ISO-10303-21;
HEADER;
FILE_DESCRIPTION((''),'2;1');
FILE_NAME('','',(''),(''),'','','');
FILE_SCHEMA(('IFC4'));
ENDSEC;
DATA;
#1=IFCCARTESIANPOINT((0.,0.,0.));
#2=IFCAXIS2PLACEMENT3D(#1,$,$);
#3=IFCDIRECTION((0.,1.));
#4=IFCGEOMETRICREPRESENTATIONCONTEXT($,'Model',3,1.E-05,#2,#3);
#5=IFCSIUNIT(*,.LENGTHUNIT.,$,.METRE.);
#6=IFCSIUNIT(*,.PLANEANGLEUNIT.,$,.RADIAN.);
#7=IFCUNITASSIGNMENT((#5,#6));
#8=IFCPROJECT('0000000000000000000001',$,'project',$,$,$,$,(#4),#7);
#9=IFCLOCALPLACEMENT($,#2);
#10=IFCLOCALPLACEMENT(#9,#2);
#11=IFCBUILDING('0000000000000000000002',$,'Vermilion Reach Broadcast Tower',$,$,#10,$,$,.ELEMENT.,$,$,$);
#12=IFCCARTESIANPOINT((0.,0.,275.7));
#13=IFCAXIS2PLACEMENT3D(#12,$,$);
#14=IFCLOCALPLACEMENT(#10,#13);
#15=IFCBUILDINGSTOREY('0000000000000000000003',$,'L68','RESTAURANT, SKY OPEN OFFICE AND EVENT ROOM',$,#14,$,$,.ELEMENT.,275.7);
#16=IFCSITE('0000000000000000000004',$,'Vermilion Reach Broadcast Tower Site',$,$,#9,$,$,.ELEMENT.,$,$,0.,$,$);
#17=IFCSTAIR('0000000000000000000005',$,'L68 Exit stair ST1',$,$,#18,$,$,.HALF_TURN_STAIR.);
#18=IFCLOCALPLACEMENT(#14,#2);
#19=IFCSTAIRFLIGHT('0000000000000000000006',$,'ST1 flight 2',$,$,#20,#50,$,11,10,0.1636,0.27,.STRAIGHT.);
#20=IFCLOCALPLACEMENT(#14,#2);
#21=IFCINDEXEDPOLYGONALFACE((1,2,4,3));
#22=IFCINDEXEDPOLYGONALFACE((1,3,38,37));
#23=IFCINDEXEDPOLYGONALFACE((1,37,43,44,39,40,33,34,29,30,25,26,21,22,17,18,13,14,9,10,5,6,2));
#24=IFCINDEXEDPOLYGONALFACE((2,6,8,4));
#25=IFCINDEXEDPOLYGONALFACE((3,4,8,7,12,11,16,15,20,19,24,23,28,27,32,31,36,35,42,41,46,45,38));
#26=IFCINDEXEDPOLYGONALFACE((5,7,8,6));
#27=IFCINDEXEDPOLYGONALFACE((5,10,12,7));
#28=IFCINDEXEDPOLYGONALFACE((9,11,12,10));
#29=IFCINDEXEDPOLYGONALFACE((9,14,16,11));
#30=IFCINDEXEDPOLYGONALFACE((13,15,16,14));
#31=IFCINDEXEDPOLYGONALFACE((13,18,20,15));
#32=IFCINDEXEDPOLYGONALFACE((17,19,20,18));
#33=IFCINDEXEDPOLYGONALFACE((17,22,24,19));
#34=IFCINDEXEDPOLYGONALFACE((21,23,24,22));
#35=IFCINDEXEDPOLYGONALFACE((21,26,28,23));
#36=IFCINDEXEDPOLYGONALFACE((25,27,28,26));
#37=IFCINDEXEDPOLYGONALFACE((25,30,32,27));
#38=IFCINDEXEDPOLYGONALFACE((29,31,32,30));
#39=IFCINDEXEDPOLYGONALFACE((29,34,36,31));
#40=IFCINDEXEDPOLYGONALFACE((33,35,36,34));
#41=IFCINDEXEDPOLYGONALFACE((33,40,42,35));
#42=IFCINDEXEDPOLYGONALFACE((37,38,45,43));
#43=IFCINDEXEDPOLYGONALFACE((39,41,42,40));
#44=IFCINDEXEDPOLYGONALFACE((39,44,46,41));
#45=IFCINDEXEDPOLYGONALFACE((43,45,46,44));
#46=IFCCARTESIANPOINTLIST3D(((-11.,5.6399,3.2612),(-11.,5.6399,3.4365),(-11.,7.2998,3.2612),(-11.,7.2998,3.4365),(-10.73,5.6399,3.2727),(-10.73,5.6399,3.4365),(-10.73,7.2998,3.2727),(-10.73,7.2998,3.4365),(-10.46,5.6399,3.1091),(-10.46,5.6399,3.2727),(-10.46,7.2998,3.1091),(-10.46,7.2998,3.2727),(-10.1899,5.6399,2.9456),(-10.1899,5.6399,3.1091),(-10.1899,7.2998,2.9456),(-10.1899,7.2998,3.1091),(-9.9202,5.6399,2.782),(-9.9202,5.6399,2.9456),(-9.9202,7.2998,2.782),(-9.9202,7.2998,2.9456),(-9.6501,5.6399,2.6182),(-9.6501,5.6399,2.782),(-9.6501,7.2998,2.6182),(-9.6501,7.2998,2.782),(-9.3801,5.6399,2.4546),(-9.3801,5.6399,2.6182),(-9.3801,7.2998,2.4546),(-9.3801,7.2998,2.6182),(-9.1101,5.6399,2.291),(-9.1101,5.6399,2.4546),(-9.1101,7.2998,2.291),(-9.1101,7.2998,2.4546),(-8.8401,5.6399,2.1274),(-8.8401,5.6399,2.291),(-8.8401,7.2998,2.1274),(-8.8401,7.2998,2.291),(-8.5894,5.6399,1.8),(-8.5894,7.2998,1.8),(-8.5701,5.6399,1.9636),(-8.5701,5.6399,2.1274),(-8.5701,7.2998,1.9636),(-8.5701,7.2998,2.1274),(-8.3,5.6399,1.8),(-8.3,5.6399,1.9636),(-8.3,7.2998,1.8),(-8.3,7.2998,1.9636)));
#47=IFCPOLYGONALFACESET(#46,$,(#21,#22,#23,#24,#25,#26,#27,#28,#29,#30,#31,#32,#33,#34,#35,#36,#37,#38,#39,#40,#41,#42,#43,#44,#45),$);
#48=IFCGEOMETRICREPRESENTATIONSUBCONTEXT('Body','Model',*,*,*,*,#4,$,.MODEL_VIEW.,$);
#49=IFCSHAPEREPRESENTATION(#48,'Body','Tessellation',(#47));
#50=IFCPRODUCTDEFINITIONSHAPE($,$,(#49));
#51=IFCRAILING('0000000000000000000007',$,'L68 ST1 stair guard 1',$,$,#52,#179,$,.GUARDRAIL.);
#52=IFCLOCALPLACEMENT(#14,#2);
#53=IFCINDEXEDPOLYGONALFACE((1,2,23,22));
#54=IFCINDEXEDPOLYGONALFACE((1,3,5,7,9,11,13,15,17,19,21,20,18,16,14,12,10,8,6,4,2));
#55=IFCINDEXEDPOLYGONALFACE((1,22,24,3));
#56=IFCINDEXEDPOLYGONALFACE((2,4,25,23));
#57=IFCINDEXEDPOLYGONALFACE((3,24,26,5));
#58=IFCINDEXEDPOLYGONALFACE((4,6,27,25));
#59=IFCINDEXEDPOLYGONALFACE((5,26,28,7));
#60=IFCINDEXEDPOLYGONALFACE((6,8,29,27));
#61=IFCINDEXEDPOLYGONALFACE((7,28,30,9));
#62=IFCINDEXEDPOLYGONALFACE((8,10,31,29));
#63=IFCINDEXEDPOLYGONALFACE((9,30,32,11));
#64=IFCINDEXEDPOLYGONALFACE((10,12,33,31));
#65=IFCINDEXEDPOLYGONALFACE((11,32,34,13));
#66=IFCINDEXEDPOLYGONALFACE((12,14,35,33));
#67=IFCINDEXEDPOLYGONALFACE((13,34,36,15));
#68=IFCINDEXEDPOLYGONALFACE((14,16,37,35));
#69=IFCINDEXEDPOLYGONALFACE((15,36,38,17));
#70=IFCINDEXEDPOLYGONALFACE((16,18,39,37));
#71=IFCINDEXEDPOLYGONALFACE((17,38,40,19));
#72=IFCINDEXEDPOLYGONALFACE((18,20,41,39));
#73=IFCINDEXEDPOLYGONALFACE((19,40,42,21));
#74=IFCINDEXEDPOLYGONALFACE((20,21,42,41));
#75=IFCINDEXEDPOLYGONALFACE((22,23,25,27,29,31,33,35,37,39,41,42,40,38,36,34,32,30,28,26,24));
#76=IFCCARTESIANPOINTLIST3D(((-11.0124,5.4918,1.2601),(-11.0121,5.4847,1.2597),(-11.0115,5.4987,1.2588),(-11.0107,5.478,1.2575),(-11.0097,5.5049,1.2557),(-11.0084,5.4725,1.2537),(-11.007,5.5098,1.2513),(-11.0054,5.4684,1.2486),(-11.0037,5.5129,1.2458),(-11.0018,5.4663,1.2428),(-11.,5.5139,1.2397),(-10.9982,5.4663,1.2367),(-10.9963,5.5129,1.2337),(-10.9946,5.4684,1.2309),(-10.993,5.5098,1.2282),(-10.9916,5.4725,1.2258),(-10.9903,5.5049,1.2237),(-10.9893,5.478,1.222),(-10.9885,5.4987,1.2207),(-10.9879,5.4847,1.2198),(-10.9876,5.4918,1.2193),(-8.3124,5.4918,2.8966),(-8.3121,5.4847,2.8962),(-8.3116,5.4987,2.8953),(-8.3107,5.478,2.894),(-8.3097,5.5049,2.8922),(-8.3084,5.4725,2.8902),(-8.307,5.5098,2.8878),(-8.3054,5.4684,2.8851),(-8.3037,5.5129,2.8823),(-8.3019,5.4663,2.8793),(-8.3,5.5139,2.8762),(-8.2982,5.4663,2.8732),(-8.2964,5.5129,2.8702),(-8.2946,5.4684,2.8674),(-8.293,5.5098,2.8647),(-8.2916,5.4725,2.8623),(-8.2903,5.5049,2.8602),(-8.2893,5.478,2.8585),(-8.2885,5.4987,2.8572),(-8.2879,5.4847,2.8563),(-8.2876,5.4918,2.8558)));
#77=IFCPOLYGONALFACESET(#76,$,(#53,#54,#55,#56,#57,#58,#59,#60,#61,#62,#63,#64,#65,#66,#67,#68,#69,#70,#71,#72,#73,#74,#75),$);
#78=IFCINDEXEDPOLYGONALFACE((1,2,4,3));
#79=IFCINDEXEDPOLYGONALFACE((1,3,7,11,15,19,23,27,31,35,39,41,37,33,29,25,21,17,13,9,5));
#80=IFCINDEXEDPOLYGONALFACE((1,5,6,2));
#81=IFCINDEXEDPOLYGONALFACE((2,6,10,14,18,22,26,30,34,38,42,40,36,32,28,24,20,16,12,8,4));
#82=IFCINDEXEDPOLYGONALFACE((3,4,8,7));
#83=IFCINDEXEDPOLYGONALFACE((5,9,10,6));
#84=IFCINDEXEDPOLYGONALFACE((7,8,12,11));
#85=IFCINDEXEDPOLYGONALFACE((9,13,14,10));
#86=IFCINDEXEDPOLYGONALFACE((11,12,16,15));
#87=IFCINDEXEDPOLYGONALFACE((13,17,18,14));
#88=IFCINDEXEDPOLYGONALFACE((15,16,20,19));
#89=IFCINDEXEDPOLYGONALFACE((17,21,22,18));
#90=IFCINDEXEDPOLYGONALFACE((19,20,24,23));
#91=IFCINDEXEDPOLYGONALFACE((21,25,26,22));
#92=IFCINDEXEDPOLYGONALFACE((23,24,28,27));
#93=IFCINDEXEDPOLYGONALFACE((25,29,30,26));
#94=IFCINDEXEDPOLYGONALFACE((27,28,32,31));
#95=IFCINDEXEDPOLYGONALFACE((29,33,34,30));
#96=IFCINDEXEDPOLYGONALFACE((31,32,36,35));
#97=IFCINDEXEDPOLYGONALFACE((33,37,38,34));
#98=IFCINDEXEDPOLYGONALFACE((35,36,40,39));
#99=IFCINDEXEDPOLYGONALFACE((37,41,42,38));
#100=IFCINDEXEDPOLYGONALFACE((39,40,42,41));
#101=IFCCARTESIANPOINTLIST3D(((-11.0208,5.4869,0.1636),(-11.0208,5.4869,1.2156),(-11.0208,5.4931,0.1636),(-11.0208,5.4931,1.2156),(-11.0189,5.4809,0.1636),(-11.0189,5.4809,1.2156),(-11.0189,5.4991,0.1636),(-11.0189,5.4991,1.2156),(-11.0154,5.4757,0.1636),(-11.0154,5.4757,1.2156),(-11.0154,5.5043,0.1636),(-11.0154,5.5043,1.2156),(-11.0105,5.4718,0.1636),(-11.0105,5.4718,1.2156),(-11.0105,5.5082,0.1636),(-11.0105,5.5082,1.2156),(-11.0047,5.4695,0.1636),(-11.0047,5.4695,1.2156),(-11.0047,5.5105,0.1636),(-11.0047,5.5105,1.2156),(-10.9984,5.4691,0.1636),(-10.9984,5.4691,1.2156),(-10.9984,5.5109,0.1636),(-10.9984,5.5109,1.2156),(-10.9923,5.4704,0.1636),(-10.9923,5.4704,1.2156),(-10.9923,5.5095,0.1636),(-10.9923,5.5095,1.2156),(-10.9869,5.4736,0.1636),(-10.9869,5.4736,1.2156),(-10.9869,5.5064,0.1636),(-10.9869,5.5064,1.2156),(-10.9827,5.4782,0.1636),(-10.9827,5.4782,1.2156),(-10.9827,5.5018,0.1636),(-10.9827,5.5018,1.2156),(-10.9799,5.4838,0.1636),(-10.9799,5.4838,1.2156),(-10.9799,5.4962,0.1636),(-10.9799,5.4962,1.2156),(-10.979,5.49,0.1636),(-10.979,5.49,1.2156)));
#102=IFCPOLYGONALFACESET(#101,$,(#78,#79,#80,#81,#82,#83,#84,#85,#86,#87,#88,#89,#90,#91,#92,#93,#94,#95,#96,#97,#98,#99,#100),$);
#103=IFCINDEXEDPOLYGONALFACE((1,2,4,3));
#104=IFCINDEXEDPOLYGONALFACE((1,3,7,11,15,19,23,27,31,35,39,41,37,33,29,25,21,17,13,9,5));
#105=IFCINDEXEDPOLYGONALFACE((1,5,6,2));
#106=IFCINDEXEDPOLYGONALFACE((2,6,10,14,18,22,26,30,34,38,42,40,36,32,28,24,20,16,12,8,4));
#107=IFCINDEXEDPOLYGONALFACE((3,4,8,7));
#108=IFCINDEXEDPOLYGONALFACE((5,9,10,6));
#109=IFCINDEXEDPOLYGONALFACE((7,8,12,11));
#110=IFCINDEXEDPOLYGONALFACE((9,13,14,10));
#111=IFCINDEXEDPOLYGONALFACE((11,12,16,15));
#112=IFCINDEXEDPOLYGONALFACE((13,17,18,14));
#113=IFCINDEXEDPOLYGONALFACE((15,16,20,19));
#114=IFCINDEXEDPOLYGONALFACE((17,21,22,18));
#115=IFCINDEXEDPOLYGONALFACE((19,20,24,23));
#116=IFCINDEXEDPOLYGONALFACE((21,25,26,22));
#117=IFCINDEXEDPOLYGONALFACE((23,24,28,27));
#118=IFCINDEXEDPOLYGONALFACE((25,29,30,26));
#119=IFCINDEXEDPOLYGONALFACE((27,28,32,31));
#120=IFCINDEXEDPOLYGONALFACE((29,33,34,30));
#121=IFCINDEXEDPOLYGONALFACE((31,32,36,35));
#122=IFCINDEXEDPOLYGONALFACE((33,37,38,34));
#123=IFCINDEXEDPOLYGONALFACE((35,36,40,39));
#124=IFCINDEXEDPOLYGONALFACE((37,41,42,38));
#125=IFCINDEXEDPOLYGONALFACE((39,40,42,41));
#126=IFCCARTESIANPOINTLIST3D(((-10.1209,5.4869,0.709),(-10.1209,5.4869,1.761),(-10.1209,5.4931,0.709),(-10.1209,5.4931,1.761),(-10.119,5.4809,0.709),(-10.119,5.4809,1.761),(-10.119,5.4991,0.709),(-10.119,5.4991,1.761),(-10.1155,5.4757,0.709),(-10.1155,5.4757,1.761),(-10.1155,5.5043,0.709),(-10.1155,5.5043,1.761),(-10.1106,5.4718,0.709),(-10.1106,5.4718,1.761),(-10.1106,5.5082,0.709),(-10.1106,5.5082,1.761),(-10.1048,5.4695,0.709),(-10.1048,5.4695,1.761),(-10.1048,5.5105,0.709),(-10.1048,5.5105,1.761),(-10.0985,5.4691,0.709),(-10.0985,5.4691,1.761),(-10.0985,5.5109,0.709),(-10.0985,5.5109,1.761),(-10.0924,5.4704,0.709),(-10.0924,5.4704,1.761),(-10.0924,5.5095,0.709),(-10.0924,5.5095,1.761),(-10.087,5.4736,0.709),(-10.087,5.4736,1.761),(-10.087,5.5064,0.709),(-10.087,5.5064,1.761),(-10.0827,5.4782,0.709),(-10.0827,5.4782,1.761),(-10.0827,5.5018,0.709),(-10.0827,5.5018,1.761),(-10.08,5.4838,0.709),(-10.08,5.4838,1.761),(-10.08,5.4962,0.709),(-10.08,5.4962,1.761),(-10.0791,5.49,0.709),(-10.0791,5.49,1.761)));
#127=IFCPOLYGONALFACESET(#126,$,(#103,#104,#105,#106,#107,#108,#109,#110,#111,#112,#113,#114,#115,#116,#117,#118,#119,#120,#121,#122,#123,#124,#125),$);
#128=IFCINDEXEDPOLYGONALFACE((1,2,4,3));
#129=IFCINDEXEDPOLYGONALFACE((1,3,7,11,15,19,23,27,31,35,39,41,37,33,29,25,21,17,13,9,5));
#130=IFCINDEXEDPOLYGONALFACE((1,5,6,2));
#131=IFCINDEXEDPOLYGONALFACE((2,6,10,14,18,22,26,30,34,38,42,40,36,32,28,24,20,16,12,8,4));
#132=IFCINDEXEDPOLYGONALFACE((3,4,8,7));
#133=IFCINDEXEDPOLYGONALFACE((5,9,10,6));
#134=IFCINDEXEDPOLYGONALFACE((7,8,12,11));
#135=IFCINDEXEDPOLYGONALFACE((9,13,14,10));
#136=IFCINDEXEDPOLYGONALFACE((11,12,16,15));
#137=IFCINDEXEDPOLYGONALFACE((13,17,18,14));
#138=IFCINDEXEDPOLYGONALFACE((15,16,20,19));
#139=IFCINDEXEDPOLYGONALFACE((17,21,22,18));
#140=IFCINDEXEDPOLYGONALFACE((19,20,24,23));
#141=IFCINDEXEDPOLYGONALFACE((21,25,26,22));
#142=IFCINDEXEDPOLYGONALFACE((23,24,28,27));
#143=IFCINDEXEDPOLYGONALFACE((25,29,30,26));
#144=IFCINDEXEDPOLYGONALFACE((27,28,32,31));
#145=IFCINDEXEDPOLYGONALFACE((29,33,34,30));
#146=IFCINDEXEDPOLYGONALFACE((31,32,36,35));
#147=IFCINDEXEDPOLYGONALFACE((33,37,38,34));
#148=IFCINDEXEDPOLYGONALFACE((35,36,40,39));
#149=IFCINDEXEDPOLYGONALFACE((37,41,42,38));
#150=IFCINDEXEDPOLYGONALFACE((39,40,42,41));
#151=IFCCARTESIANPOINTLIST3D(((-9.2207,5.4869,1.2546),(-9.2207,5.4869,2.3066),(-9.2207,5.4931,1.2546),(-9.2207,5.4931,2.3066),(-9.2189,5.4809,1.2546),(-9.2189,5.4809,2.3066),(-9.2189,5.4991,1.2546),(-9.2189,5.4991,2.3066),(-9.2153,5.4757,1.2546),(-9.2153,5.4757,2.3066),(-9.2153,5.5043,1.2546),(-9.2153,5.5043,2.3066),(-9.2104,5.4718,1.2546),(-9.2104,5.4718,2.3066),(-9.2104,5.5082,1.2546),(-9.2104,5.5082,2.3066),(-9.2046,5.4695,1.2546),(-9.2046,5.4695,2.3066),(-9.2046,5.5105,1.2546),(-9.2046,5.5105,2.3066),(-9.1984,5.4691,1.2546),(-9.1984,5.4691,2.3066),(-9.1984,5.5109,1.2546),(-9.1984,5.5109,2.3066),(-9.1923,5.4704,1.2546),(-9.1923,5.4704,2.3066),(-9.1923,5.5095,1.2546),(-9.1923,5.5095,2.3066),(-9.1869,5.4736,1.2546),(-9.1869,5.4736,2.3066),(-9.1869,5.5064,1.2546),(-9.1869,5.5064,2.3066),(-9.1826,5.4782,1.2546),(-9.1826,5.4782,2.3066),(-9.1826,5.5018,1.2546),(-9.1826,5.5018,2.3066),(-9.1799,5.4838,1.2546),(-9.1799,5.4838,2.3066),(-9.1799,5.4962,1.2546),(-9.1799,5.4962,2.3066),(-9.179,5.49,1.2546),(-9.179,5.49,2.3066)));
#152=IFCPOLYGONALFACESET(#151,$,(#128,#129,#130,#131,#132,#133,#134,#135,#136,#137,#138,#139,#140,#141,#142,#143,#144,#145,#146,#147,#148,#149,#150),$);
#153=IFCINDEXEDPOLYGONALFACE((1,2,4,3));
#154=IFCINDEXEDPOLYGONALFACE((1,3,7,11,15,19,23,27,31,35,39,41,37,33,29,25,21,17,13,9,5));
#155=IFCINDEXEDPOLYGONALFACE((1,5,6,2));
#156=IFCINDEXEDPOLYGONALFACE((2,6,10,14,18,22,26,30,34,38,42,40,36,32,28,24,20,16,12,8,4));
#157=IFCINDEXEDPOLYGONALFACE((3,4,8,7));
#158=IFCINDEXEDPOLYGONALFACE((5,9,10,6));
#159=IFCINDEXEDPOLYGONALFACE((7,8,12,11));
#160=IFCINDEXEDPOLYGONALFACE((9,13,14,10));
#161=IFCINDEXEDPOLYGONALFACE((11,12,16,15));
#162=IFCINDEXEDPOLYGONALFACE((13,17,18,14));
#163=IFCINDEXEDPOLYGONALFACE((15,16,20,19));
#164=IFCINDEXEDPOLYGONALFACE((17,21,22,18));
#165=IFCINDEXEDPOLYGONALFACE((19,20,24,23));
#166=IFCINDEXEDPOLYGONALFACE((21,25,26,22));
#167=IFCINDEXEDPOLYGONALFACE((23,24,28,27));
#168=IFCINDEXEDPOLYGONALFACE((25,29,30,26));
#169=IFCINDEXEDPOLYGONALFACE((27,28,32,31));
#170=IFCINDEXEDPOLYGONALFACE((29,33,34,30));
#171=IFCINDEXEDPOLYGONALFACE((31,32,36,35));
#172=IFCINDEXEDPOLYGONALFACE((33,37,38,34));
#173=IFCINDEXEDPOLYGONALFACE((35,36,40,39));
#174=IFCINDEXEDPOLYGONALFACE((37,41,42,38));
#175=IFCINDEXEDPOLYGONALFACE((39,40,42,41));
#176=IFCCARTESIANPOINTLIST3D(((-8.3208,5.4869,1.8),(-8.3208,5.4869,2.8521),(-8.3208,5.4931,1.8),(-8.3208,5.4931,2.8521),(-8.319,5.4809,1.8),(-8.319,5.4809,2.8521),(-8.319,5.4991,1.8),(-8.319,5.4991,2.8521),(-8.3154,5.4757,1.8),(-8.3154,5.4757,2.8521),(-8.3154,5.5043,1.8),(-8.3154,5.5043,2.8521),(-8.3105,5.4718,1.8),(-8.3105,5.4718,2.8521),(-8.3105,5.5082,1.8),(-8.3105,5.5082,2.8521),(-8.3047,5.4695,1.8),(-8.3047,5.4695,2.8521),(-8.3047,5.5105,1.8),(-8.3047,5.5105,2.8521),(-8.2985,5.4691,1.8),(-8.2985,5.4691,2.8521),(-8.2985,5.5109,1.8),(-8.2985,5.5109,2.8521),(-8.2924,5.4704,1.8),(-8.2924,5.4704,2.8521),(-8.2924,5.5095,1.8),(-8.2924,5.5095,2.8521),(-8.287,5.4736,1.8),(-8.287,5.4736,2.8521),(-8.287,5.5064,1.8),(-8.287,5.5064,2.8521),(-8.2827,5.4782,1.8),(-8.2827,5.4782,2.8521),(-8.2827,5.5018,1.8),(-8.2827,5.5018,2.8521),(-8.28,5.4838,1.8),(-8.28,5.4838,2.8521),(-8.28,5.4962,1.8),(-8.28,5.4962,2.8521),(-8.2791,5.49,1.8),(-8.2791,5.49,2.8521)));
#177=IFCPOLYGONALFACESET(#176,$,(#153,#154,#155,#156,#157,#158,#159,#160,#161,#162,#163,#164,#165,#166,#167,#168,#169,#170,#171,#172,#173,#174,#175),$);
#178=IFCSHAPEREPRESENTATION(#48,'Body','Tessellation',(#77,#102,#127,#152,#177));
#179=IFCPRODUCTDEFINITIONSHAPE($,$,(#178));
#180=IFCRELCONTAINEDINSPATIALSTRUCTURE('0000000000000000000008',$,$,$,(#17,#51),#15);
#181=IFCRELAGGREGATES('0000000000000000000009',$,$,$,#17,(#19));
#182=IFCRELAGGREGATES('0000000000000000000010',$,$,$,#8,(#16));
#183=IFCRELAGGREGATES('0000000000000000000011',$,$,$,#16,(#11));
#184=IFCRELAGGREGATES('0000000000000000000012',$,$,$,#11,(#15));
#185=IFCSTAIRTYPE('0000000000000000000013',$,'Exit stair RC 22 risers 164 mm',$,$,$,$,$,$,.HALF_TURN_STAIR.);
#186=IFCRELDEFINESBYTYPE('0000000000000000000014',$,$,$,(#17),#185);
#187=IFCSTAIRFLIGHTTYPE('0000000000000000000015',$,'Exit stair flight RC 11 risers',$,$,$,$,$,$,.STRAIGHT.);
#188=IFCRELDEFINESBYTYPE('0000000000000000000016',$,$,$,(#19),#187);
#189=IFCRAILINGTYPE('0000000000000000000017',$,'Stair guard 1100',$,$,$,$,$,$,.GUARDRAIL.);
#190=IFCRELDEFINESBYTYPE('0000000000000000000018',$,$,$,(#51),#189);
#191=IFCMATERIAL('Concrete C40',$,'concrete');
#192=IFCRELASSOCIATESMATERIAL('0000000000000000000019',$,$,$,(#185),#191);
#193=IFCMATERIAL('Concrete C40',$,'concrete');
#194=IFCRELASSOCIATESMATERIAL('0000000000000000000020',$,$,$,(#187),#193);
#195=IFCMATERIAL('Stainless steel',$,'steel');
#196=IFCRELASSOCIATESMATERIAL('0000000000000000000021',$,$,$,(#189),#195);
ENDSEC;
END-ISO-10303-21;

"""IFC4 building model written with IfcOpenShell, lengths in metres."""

from ifc_helpers import new_model, si_unit, direction, frame, origin, origin_2d, place, context, subcontext, project, spatial, polyline, circle, outline, extrude, material, type_object, element, aggregate, save


model = new_model("IFC4")

# Units and contexts
model_context = context("Model", 3, precision=1e-05, world=origin(), true_north=direction((0.0, 1.0)))
body_context = subcontext(model_context, "Body", "Model", "MODEL_VIEW")
ifc_project = project(units=[si_unit("LENGTHUNIT", "METRE"), si_unit("PLANEANGLEUNIT", "RADIAN")], contexts=[model_context])

# Site, building, storey
site_placement = place(None, origin())
site = spatial("IfcSite", under=ifc_project, at=site_placement, Name="Vermilion Reach Broadcast Tower Site", CompositionType="ELEMENT", RefElevation=0.0)
building_placement = place(site_placement, origin())
building = spatial("IfcBuilding", under=site, at=building_placement, Name="Vermilion Reach Broadcast Tower", CompositionType="ELEMENT")
storey_placement = place(building_placement, frame((0.0, 0.0, 275.7)))
storey = spatial("IfcBuildingStorey", under=building, at=storey_placement, Name="L68", Description="RESTAURANT, SKY OPEN OFFICE AND EVENT ROOM", CompositionType="ELEMENT", Elevation=275.7)

# Stair, stair flight
ifc_material_1 = material(Name="Concrete C40", Category="concrete")
stair_type = type_object("IfcStairType", Name="Exit stair RC 22 risers 164 mm", PredefinedType="HALF_TURN_STAIR", material=ifc_material_1)
stair_placement = place(storey_placement, origin())
stair = element("IfcStair", 1, at=stair_placement, inside=storey, type_object=stair_type, Name="L68 Exit stair ST1", PredefinedType="HALF_TURN_STAIR")
ifc_material_2 = material(Name="Concrete C40", Category="concrete")
stair_flight_type = type_object("IfcStairFlightType", Name="Exit stair flight RC 11 risers", PredefinedType="STRAIGHT", material=ifc_material_2)
stair_flight_1_placement = place(storey_placement, frame((-8.3, 6.47, 1.8), z_axis=(0.0, 0.0, 1.0), x_axis=(-1.0, 0.0, 0.0)))
stair_flight_1 = element("IfcStairFlight", 2, at=stair_flight_1_placement, type_object=stair_flight_type, Name="ST1 flight 2", NumberOfRisers=11, NumberOfTreads=10, PredefinedType="STRAIGHT", RiserHeight=0.1636, TreadLength=0.27, context=body_context, shape_type="SweptSolid", body=[
    extrude(outline(polyline([(0.0, 0.0), (0.0, 0.1636), (0.27, 0.1636), (0.27, 0.3274), (0.54, 0.3274), (0.54, 0.491), (0.8101, 0.491), (0.8101, 0.6545), (1.0801, 0.6545), (1.0801, 0.8181), (1.3501, 0.8181), (1.3501, 0.9819), (1.6201, 0.9819), (1.6201, 1.1455), (1.8899, 1.1455), (1.8899, 1.3091), (2.1599, 1.3091), (2.1599, 1.4727), (2.4299, 1.4727), (2.4299, 1.6365), (2.7, 1.6365), (2.7, 1.8), (2.7, 1.4612), (0.2893, 0.0), (0.0, 0.0)])), frame((0.0, 0.8301, 0.0), z_axis=(0.0, -1.0, 0.0), x_axis=(1.0, 0.0, 0.0)), (0.0, 0.0, 1.0), 1.6599),
])
aggregate(stair, [stair_flight_1])

# Railing
ifc_material_3 = material(Name="Stainless steel", Category="steel")
railing_type_1 = type_object("IfcRailingType", Name="Stair guard 1100", PredefinedType="GUARDRAIL", material=ifc_material_3)
railing_1_placement = place(storey_placement, frame((-11.0, 5.49, 0.1636)))
element("IfcRailing", 3, at=railing_1_placement, inside=storey, type_object=railing_type_1, Name="L68 ST1 stair guard 1", PredefinedType="GUARDRAIL", context=body_context, shape_type="SweptSolid", body=[
    extrude(circle(Radius=0.0239, at=origin_2d()), frame((0.0, 0.0, 1.0762), z_axis=(0.855178, 0.0, 0.518334), x_axis=(0.0, 1.0, 0.0)), (0.0, 0.0, 1.0), 3.1572),
    extrude(circle(Radius=0.021, at=origin_2d()), origin(), (0.0, 0.0, 1.0), 1.052),
    extrude(circle(Radius=0.021, at=origin_2d()), frame((0.8999, 0.0, 0.5454)), (0.0, 0.0, 1.0), 1.052),
    extrude(circle(Radius=0.021, at=origin_2d()), frame((1.8, 0.0, 1.0911)), (0.0, 0.0, 1.0), 1.052),
    extrude(circle(Radius=0.021, at=origin_2d()), frame((2.7, 0.0, 1.6365)), (0.0, 0.0, 1.0), 1.052),
])

save(model, "model.ifc")
